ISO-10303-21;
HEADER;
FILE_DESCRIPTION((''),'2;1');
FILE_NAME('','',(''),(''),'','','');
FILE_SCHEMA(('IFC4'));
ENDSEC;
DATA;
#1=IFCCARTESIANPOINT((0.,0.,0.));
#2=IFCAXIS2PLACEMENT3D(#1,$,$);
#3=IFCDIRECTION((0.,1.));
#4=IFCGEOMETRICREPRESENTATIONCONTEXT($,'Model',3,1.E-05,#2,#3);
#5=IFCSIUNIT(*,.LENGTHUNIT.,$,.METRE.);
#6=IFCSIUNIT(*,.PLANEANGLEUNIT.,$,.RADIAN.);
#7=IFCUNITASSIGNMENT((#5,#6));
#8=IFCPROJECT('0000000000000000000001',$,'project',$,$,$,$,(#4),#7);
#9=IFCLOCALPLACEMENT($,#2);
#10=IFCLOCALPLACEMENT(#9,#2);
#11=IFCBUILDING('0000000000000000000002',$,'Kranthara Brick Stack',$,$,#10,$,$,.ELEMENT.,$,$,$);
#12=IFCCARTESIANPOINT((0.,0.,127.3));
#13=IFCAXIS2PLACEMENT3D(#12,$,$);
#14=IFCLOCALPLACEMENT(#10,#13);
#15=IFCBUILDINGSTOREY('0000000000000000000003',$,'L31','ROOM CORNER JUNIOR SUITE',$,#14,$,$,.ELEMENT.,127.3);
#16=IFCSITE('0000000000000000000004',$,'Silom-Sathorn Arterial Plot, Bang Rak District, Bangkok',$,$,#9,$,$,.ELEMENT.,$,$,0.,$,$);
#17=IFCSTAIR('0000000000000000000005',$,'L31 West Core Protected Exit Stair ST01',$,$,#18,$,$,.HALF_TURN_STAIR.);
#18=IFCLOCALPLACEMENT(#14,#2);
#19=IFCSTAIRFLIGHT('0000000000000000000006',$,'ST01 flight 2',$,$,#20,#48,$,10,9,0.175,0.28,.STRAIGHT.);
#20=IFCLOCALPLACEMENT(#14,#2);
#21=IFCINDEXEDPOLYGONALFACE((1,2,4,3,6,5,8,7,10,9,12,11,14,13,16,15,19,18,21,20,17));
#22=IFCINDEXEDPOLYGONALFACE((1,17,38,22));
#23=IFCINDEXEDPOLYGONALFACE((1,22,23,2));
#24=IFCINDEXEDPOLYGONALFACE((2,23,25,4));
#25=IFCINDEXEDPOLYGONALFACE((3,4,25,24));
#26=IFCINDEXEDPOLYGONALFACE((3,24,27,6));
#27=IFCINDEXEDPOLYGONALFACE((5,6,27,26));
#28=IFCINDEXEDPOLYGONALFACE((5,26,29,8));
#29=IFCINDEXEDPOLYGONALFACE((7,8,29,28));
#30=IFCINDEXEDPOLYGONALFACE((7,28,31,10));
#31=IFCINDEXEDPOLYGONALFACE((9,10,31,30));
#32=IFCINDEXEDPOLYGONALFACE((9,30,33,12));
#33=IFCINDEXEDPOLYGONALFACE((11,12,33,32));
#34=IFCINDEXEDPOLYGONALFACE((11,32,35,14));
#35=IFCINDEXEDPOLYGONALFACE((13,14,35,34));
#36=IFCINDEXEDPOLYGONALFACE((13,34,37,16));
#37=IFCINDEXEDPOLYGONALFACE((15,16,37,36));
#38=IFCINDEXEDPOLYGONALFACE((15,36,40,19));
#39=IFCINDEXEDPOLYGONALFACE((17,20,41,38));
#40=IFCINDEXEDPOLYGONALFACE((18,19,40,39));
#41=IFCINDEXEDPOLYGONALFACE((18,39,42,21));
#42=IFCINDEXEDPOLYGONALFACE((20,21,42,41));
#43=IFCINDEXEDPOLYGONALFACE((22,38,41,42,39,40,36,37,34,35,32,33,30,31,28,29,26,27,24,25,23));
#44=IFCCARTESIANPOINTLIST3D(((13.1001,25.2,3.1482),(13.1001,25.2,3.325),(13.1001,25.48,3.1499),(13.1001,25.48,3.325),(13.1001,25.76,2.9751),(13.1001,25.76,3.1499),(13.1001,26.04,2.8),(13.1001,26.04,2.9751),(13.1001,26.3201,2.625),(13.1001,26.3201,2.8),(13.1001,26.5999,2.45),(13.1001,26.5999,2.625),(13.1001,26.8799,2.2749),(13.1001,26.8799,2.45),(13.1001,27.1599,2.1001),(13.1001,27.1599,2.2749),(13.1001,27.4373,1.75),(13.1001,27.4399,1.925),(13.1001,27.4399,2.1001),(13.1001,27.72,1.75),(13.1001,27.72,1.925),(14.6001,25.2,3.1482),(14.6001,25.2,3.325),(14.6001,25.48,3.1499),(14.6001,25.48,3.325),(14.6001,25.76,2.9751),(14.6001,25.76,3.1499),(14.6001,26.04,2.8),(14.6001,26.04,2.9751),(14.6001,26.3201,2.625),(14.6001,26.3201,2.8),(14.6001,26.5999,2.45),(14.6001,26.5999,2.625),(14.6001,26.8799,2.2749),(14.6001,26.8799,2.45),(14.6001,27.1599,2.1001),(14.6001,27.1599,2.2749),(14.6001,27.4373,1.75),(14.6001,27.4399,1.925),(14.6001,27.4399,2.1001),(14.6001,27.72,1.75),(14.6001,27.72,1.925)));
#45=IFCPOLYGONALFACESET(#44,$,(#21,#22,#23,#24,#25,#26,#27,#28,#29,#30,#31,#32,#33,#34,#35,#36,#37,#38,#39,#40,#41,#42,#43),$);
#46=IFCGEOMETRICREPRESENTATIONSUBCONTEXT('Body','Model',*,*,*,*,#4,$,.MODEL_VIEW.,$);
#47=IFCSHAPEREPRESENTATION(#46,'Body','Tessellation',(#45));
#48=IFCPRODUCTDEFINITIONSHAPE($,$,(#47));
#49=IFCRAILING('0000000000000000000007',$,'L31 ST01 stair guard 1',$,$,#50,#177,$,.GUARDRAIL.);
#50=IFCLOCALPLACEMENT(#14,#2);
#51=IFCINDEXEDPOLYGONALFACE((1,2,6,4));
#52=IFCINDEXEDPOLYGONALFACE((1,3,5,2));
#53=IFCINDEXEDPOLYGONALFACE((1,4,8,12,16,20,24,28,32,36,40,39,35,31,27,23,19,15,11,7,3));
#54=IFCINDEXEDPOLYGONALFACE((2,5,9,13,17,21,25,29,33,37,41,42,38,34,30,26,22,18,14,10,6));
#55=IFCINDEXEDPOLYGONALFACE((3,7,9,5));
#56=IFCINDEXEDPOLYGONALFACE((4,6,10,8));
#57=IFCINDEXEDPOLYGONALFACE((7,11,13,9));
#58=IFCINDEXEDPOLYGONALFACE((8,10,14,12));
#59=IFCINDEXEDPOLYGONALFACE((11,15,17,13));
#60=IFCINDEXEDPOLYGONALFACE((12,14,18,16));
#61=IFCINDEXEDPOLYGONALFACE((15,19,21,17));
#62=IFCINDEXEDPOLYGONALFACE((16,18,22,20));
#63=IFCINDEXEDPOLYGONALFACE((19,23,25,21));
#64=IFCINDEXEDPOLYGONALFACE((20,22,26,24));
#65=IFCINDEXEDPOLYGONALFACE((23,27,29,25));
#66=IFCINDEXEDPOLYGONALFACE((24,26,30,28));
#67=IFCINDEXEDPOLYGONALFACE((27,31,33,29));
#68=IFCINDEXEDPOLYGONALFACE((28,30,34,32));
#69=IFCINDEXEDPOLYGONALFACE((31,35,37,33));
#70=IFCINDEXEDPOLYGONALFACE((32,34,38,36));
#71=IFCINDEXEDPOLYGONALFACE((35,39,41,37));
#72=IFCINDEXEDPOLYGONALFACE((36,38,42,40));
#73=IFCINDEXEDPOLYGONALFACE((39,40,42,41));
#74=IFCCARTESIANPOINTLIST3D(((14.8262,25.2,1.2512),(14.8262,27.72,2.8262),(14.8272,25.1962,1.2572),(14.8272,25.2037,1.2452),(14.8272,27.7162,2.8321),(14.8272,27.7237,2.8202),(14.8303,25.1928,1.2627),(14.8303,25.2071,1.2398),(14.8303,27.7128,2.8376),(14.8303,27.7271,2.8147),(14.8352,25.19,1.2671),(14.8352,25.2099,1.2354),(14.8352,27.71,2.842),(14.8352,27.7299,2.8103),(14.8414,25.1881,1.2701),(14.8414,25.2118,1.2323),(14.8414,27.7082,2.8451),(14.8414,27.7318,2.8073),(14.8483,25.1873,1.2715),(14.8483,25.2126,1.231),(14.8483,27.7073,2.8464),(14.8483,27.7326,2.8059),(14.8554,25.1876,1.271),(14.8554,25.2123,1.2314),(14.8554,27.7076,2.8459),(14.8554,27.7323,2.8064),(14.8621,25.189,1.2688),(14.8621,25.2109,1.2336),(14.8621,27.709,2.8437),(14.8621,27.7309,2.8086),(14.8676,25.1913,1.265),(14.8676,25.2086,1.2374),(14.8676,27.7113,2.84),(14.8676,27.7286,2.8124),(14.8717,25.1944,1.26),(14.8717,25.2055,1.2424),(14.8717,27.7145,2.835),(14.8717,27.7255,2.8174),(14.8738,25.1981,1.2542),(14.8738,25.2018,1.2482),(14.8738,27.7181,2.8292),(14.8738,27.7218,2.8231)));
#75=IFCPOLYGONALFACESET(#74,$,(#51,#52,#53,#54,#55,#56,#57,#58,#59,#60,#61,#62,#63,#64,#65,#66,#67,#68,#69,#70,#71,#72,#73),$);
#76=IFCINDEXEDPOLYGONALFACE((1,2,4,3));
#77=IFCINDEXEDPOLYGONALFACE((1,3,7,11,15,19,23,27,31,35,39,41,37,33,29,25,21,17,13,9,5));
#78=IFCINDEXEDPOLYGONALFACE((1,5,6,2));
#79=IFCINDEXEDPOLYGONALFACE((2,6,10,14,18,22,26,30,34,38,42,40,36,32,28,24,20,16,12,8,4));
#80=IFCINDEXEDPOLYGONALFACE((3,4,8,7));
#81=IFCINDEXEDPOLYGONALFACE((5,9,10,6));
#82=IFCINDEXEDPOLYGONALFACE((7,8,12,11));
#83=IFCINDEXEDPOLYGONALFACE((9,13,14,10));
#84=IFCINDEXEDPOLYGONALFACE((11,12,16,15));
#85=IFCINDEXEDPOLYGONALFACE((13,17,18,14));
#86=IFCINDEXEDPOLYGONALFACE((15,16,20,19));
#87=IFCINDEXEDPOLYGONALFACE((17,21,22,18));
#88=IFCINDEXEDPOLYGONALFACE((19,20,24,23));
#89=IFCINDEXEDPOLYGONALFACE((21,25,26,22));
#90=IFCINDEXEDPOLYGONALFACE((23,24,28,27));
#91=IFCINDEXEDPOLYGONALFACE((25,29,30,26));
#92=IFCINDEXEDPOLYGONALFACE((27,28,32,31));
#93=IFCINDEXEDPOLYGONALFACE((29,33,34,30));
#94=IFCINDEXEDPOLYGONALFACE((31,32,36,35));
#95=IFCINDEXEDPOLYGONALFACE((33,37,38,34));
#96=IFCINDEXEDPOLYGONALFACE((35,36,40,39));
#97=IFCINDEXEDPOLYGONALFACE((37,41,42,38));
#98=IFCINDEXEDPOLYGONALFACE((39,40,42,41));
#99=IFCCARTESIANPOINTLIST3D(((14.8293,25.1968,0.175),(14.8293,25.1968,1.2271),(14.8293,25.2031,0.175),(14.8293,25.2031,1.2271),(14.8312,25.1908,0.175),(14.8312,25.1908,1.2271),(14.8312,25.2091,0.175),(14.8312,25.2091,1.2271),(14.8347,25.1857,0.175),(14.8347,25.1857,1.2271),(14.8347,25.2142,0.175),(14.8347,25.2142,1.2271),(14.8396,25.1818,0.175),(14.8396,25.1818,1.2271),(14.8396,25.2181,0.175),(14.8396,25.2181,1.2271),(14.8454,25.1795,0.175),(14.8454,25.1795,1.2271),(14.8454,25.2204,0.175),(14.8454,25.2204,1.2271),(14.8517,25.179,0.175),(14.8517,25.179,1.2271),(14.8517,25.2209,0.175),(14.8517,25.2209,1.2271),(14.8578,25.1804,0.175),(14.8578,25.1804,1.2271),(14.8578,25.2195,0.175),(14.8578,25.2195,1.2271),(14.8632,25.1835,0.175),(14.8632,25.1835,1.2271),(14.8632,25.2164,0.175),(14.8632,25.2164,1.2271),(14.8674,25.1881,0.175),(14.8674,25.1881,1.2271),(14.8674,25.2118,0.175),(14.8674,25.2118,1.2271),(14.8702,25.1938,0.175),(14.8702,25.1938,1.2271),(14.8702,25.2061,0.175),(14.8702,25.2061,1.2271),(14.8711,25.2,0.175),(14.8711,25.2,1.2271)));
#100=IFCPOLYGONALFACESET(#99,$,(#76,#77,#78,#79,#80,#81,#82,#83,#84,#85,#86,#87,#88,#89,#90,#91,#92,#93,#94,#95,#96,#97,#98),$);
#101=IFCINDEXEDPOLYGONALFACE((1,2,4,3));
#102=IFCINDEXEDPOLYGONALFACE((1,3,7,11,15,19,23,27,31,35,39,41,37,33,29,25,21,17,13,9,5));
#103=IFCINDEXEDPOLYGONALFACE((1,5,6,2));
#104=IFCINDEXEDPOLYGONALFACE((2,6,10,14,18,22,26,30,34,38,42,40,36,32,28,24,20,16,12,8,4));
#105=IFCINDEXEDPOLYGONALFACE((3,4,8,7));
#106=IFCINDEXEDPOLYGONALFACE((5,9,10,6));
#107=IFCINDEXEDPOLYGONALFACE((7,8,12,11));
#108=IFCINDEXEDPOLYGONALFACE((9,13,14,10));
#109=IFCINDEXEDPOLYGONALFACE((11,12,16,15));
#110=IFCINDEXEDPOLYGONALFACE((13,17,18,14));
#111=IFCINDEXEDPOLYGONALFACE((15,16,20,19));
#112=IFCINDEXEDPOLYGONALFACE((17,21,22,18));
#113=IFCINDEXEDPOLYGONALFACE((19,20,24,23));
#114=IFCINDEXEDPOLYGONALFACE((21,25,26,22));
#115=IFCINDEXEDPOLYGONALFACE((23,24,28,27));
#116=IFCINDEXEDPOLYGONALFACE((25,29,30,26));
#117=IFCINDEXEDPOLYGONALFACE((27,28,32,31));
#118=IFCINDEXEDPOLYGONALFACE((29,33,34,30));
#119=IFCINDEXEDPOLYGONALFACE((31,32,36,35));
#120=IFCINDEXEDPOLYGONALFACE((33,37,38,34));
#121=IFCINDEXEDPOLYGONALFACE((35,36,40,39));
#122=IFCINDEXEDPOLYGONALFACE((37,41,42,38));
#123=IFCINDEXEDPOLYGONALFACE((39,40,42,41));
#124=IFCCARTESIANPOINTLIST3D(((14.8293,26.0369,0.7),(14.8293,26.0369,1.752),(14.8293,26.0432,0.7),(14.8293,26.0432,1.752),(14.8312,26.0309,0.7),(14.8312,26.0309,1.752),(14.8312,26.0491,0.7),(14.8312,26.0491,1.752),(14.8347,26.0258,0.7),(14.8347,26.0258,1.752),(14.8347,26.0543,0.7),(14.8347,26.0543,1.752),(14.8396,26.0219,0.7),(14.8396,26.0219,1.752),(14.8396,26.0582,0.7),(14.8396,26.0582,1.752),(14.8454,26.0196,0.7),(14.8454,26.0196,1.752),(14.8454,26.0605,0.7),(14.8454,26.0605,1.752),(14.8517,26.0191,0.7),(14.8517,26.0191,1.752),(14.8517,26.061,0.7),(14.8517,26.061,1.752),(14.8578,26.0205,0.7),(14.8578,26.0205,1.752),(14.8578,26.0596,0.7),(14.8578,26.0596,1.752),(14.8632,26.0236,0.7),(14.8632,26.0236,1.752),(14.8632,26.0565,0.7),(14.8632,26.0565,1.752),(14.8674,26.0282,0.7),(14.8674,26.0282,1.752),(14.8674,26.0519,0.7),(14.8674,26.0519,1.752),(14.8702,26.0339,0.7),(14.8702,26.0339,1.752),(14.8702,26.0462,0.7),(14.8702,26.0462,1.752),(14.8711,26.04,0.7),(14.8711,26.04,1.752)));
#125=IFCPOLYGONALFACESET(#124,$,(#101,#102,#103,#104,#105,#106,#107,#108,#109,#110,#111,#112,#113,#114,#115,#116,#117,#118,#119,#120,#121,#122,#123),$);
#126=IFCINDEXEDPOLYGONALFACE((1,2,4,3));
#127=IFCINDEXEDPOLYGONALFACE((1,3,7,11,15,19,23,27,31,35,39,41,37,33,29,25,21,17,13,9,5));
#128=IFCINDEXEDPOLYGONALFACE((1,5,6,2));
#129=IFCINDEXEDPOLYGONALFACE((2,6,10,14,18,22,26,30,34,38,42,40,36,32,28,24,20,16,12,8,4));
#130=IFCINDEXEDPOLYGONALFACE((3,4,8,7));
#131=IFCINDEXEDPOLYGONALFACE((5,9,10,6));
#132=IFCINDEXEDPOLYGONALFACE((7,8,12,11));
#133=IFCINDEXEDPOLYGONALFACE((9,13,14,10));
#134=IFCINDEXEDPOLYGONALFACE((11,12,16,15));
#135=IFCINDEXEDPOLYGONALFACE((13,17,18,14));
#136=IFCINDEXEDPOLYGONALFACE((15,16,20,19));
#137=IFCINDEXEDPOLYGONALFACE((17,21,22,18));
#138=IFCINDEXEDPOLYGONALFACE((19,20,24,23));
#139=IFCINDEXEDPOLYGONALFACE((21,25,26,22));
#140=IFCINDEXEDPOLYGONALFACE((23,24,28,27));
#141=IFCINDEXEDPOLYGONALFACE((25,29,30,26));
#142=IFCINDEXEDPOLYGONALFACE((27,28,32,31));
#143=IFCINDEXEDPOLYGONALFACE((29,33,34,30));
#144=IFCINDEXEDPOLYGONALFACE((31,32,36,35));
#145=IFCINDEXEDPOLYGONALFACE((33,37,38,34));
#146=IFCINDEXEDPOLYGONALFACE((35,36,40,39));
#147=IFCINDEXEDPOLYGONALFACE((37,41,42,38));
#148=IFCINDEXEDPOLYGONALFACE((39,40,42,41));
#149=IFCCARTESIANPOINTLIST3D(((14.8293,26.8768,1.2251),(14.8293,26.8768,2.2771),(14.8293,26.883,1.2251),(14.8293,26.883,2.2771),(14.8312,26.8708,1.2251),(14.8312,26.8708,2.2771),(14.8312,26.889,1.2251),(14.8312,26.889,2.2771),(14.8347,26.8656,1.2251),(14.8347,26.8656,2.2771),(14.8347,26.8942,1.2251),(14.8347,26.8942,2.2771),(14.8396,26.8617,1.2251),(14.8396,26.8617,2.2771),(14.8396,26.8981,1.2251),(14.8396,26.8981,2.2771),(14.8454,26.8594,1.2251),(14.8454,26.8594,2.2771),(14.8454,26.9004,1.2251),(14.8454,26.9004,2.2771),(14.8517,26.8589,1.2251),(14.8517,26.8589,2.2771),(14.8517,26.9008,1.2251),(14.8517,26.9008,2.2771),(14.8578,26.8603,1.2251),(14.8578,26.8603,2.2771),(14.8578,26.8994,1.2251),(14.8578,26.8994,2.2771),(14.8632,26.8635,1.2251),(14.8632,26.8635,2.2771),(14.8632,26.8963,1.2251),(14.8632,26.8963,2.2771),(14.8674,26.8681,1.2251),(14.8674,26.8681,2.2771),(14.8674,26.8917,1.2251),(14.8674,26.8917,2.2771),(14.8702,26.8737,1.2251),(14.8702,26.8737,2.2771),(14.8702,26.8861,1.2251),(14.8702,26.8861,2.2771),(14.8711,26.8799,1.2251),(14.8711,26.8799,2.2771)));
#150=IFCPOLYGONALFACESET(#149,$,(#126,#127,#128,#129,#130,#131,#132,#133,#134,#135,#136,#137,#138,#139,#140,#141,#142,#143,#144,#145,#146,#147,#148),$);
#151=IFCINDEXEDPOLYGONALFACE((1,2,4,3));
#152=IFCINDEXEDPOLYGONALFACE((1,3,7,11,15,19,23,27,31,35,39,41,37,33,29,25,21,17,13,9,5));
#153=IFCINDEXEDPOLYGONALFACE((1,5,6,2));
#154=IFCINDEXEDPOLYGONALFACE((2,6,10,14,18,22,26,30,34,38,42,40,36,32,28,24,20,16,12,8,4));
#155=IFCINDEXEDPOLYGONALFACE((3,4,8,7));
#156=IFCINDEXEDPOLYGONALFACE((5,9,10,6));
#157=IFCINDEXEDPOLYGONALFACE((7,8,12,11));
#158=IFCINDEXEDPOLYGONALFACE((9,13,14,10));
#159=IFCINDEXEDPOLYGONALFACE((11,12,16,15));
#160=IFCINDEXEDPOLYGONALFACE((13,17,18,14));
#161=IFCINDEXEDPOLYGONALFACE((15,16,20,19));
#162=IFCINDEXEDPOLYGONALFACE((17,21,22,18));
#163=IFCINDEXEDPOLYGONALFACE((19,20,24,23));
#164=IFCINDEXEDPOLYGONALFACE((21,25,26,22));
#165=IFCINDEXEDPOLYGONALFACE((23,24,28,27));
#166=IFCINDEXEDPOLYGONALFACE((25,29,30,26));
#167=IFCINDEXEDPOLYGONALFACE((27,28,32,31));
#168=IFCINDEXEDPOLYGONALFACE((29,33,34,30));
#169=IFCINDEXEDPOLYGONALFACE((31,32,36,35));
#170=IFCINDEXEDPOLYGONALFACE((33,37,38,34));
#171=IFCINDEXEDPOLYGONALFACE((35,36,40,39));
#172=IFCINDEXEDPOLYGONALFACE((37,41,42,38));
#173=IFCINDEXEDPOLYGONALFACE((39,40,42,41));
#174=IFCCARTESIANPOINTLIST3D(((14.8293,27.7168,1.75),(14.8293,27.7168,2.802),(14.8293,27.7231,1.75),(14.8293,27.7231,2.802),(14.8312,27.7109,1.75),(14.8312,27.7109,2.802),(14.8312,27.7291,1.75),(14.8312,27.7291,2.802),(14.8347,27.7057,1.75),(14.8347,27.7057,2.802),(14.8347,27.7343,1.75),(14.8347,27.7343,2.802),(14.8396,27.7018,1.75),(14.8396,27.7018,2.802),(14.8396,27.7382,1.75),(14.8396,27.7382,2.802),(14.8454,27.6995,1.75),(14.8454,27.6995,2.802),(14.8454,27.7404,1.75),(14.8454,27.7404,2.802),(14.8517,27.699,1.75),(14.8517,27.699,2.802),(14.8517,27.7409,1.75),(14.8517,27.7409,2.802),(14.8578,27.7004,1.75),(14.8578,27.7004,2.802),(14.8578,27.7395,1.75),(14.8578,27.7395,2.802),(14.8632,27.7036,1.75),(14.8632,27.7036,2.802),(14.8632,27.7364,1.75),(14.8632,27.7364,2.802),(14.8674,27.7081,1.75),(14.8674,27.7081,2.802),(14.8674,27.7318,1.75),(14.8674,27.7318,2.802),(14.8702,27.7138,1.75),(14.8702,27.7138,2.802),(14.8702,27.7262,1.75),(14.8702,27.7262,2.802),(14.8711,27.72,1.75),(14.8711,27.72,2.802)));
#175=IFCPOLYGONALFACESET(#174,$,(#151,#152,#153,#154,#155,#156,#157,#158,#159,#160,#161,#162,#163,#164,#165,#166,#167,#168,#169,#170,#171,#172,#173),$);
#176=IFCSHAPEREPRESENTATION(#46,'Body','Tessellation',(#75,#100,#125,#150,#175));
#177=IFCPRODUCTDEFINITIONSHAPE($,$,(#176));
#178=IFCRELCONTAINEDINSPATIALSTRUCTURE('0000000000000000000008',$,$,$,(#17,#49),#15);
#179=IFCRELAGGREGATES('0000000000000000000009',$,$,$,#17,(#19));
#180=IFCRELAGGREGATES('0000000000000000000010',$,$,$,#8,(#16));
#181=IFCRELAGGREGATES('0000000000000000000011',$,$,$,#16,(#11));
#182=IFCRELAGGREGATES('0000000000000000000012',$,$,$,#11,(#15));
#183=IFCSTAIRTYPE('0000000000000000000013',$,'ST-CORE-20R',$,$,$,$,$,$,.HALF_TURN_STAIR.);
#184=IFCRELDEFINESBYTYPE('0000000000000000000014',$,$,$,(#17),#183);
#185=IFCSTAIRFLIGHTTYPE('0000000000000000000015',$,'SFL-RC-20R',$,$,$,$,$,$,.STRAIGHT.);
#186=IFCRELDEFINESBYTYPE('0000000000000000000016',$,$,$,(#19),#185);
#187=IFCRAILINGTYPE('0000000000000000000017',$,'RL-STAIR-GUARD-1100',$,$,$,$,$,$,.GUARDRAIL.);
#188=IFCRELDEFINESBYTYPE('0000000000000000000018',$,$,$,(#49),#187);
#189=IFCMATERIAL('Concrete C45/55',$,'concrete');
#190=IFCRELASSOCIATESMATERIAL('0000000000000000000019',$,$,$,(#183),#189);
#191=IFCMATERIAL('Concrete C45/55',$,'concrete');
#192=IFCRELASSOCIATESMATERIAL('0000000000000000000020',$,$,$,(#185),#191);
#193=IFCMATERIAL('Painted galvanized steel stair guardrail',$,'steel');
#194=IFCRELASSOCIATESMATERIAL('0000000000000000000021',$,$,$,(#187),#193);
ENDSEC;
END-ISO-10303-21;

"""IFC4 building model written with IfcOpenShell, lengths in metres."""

from ifc_helpers import new_model, si_unit, direction, frame, origin, origin_2d, place, context, subcontext, project, spatial, polyline, circle, outline, extrude, material, type_object, element, aggregate, save


model = new_model("IFC4")

# Units and contexts
model_context = context("Model", 3, precision=1e-05, world=origin(), true_north=direction((0.0, 1.0)))
body_context = subcontext(model_context, "Body", "Model", "MODEL_VIEW")
ifc_project = project(units=[si_unit("LENGTHUNIT", "METRE"), si_unit("PLANEANGLEUNIT", "RADIAN")], contexts=[model_context])

# Site, building, storey
site_placement = place(None, origin())
site = spatial("IfcSite", under=ifc_project, at=site_placement, Name="Silom-Sathorn Arterial Plot, Bang Rak District, Bangkok", CompositionType="ELEMENT", RefElevation=0.0)
building_placement = place(site_placement, origin())
building = spatial("IfcBuilding", under=site, at=building_placement, Name="Kranthara Brick Stack", CompositionType="ELEMENT")
storey_placement = place(building_placement, frame((0.0, 0.0, 127.3)))
storey = spatial("IfcBuildingStorey", under=building, at=storey_placement, Name="L31", Description="ROOM CORNER JUNIOR SUITE", CompositionType="ELEMENT", Elevation=127.3)

# Stair, stair flight
ifc_material_1 = material(Name="Concrete C45/55", Category="concrete")
stair_type = type_object("IfcStairType", Name="ST-CORE-20R", PredefinedType="HALF_TURN_STAIR", material=ifc_material_1)
stair_placement = place(storey_placement, origin())
stair = element("IfcStair", 1, at=stair_placement, inside=storey, type_object=stair_type, Name="L31 West Core Protected Exit Stair ST01", PredefinedType="HALF_TURN_STAIR")
ifc_material_2 = material(Name="Concrete C45/55", Category="concrete")
stair_flight_type = type_object("IfcStairFlightType", Name="SFL-RC-20R", PredefinedType="STRAIGHT", material=ifc_material_2)
stair_flight_1_placement = place(storey_placement, frame((13.8501, 27.72, 1.75), z_axis=(0.0, 0.0, 1.0), x_axis=(0.0, -1.0, 0.0)))
stair_flight_1 = element("IfcStairFlight", 2, at=stair_flight_1_placement, type_object=stair_flight_type, Name="ST01 flight 2", NumberOfRisers=10, NumberOfTreads=9, PredefinedType="STRAIGHT", RiserHeight=0.175, TreadLength=0.28, context=body_context, shape_type="SweptSolid", body=[
    extrude(outline(polyline([(0.0, 0.0), (0.0, 0.175), (0.28, 0.175), (0.28, 0.3501), (0.5601, 0.3501), (0.5601, 0.5249), (0.8401, 0.5249), (0.8401, 0.7), (1.1201, 0.7), (1.1201, 0.875), (1.3999, 0.875), (1.3999, 1.05), (1.6799, 1.05), (1.6799, 1.2251), (1.96, 1.2251), (1.96, 1.3999), (2.24, 1.3999), (2.24, 1.575), (2.52, 1.575), (2.52, 1.75), (2.52, 1.3982), (0.2827, 0.0), (0.0, 0.0)])), frame((0.0, 0.75, 0.0), z_axis=(0.0, -1.0, 0.0), x_axis=(1.0, 0.0, 0.0)), (0.0, 0.0, 1.0), 1.5),
])
aggregate(stair, [stair_flight_1])

# Railing
ifc_material_3 = material(Name="Painted galvanized steel stair guardrail", Category="steel")
railing_type_1 = type_object("IfcRailingType", Name="RL-STAIR-GUARD-1100", PredefinedType="GUARDRAIL", material=ifc_material_3)
railing_1_placement = place(storey_placement, frame((14.8501, 25.2, 0.175)))
element("IfcRailing", 3, at=railing_1_placement, inside=storey, type_object=railing_type_1, Name="L31 ST01 stair guard 1", PredefinedType="GUARDRAIL", context=body_context, shape_type="SweptSolid", body=[
    extrude(circle(Radius=0.0239, at=origin_2d()), frame((0.0, 0.0, 1.0762), z_axis=(0.0, 0.848008, 0.529984), x_axis=(-1.0, 0.0, 0.0)), (0.0, 0.0, 1.0), 2.9717),
    extrude(circle(Radius=0.021, at=origin_2d()), origin(), (0.0, 0.0, 1.0), 1.052),
    extrude(circle(Radius=0.021, at=origin_2d()), frame((0.0, 0.8401, 0.5249)), (0.0, 0.0, 1.0), 1.052),
    extrude(circle(Radius=0.021, at=origin_2d()), frame((0.0, 1.6799, 1.05)), (0.0, 0.0, 1.0), 1.052),
    extrude(circle(Radius=0.021, at=origin_2d()), frame((0.0, 2.52, 1.575)), (0.0, 0.0, 1.0), 1.052),
])

save(model, "model.ifc")
